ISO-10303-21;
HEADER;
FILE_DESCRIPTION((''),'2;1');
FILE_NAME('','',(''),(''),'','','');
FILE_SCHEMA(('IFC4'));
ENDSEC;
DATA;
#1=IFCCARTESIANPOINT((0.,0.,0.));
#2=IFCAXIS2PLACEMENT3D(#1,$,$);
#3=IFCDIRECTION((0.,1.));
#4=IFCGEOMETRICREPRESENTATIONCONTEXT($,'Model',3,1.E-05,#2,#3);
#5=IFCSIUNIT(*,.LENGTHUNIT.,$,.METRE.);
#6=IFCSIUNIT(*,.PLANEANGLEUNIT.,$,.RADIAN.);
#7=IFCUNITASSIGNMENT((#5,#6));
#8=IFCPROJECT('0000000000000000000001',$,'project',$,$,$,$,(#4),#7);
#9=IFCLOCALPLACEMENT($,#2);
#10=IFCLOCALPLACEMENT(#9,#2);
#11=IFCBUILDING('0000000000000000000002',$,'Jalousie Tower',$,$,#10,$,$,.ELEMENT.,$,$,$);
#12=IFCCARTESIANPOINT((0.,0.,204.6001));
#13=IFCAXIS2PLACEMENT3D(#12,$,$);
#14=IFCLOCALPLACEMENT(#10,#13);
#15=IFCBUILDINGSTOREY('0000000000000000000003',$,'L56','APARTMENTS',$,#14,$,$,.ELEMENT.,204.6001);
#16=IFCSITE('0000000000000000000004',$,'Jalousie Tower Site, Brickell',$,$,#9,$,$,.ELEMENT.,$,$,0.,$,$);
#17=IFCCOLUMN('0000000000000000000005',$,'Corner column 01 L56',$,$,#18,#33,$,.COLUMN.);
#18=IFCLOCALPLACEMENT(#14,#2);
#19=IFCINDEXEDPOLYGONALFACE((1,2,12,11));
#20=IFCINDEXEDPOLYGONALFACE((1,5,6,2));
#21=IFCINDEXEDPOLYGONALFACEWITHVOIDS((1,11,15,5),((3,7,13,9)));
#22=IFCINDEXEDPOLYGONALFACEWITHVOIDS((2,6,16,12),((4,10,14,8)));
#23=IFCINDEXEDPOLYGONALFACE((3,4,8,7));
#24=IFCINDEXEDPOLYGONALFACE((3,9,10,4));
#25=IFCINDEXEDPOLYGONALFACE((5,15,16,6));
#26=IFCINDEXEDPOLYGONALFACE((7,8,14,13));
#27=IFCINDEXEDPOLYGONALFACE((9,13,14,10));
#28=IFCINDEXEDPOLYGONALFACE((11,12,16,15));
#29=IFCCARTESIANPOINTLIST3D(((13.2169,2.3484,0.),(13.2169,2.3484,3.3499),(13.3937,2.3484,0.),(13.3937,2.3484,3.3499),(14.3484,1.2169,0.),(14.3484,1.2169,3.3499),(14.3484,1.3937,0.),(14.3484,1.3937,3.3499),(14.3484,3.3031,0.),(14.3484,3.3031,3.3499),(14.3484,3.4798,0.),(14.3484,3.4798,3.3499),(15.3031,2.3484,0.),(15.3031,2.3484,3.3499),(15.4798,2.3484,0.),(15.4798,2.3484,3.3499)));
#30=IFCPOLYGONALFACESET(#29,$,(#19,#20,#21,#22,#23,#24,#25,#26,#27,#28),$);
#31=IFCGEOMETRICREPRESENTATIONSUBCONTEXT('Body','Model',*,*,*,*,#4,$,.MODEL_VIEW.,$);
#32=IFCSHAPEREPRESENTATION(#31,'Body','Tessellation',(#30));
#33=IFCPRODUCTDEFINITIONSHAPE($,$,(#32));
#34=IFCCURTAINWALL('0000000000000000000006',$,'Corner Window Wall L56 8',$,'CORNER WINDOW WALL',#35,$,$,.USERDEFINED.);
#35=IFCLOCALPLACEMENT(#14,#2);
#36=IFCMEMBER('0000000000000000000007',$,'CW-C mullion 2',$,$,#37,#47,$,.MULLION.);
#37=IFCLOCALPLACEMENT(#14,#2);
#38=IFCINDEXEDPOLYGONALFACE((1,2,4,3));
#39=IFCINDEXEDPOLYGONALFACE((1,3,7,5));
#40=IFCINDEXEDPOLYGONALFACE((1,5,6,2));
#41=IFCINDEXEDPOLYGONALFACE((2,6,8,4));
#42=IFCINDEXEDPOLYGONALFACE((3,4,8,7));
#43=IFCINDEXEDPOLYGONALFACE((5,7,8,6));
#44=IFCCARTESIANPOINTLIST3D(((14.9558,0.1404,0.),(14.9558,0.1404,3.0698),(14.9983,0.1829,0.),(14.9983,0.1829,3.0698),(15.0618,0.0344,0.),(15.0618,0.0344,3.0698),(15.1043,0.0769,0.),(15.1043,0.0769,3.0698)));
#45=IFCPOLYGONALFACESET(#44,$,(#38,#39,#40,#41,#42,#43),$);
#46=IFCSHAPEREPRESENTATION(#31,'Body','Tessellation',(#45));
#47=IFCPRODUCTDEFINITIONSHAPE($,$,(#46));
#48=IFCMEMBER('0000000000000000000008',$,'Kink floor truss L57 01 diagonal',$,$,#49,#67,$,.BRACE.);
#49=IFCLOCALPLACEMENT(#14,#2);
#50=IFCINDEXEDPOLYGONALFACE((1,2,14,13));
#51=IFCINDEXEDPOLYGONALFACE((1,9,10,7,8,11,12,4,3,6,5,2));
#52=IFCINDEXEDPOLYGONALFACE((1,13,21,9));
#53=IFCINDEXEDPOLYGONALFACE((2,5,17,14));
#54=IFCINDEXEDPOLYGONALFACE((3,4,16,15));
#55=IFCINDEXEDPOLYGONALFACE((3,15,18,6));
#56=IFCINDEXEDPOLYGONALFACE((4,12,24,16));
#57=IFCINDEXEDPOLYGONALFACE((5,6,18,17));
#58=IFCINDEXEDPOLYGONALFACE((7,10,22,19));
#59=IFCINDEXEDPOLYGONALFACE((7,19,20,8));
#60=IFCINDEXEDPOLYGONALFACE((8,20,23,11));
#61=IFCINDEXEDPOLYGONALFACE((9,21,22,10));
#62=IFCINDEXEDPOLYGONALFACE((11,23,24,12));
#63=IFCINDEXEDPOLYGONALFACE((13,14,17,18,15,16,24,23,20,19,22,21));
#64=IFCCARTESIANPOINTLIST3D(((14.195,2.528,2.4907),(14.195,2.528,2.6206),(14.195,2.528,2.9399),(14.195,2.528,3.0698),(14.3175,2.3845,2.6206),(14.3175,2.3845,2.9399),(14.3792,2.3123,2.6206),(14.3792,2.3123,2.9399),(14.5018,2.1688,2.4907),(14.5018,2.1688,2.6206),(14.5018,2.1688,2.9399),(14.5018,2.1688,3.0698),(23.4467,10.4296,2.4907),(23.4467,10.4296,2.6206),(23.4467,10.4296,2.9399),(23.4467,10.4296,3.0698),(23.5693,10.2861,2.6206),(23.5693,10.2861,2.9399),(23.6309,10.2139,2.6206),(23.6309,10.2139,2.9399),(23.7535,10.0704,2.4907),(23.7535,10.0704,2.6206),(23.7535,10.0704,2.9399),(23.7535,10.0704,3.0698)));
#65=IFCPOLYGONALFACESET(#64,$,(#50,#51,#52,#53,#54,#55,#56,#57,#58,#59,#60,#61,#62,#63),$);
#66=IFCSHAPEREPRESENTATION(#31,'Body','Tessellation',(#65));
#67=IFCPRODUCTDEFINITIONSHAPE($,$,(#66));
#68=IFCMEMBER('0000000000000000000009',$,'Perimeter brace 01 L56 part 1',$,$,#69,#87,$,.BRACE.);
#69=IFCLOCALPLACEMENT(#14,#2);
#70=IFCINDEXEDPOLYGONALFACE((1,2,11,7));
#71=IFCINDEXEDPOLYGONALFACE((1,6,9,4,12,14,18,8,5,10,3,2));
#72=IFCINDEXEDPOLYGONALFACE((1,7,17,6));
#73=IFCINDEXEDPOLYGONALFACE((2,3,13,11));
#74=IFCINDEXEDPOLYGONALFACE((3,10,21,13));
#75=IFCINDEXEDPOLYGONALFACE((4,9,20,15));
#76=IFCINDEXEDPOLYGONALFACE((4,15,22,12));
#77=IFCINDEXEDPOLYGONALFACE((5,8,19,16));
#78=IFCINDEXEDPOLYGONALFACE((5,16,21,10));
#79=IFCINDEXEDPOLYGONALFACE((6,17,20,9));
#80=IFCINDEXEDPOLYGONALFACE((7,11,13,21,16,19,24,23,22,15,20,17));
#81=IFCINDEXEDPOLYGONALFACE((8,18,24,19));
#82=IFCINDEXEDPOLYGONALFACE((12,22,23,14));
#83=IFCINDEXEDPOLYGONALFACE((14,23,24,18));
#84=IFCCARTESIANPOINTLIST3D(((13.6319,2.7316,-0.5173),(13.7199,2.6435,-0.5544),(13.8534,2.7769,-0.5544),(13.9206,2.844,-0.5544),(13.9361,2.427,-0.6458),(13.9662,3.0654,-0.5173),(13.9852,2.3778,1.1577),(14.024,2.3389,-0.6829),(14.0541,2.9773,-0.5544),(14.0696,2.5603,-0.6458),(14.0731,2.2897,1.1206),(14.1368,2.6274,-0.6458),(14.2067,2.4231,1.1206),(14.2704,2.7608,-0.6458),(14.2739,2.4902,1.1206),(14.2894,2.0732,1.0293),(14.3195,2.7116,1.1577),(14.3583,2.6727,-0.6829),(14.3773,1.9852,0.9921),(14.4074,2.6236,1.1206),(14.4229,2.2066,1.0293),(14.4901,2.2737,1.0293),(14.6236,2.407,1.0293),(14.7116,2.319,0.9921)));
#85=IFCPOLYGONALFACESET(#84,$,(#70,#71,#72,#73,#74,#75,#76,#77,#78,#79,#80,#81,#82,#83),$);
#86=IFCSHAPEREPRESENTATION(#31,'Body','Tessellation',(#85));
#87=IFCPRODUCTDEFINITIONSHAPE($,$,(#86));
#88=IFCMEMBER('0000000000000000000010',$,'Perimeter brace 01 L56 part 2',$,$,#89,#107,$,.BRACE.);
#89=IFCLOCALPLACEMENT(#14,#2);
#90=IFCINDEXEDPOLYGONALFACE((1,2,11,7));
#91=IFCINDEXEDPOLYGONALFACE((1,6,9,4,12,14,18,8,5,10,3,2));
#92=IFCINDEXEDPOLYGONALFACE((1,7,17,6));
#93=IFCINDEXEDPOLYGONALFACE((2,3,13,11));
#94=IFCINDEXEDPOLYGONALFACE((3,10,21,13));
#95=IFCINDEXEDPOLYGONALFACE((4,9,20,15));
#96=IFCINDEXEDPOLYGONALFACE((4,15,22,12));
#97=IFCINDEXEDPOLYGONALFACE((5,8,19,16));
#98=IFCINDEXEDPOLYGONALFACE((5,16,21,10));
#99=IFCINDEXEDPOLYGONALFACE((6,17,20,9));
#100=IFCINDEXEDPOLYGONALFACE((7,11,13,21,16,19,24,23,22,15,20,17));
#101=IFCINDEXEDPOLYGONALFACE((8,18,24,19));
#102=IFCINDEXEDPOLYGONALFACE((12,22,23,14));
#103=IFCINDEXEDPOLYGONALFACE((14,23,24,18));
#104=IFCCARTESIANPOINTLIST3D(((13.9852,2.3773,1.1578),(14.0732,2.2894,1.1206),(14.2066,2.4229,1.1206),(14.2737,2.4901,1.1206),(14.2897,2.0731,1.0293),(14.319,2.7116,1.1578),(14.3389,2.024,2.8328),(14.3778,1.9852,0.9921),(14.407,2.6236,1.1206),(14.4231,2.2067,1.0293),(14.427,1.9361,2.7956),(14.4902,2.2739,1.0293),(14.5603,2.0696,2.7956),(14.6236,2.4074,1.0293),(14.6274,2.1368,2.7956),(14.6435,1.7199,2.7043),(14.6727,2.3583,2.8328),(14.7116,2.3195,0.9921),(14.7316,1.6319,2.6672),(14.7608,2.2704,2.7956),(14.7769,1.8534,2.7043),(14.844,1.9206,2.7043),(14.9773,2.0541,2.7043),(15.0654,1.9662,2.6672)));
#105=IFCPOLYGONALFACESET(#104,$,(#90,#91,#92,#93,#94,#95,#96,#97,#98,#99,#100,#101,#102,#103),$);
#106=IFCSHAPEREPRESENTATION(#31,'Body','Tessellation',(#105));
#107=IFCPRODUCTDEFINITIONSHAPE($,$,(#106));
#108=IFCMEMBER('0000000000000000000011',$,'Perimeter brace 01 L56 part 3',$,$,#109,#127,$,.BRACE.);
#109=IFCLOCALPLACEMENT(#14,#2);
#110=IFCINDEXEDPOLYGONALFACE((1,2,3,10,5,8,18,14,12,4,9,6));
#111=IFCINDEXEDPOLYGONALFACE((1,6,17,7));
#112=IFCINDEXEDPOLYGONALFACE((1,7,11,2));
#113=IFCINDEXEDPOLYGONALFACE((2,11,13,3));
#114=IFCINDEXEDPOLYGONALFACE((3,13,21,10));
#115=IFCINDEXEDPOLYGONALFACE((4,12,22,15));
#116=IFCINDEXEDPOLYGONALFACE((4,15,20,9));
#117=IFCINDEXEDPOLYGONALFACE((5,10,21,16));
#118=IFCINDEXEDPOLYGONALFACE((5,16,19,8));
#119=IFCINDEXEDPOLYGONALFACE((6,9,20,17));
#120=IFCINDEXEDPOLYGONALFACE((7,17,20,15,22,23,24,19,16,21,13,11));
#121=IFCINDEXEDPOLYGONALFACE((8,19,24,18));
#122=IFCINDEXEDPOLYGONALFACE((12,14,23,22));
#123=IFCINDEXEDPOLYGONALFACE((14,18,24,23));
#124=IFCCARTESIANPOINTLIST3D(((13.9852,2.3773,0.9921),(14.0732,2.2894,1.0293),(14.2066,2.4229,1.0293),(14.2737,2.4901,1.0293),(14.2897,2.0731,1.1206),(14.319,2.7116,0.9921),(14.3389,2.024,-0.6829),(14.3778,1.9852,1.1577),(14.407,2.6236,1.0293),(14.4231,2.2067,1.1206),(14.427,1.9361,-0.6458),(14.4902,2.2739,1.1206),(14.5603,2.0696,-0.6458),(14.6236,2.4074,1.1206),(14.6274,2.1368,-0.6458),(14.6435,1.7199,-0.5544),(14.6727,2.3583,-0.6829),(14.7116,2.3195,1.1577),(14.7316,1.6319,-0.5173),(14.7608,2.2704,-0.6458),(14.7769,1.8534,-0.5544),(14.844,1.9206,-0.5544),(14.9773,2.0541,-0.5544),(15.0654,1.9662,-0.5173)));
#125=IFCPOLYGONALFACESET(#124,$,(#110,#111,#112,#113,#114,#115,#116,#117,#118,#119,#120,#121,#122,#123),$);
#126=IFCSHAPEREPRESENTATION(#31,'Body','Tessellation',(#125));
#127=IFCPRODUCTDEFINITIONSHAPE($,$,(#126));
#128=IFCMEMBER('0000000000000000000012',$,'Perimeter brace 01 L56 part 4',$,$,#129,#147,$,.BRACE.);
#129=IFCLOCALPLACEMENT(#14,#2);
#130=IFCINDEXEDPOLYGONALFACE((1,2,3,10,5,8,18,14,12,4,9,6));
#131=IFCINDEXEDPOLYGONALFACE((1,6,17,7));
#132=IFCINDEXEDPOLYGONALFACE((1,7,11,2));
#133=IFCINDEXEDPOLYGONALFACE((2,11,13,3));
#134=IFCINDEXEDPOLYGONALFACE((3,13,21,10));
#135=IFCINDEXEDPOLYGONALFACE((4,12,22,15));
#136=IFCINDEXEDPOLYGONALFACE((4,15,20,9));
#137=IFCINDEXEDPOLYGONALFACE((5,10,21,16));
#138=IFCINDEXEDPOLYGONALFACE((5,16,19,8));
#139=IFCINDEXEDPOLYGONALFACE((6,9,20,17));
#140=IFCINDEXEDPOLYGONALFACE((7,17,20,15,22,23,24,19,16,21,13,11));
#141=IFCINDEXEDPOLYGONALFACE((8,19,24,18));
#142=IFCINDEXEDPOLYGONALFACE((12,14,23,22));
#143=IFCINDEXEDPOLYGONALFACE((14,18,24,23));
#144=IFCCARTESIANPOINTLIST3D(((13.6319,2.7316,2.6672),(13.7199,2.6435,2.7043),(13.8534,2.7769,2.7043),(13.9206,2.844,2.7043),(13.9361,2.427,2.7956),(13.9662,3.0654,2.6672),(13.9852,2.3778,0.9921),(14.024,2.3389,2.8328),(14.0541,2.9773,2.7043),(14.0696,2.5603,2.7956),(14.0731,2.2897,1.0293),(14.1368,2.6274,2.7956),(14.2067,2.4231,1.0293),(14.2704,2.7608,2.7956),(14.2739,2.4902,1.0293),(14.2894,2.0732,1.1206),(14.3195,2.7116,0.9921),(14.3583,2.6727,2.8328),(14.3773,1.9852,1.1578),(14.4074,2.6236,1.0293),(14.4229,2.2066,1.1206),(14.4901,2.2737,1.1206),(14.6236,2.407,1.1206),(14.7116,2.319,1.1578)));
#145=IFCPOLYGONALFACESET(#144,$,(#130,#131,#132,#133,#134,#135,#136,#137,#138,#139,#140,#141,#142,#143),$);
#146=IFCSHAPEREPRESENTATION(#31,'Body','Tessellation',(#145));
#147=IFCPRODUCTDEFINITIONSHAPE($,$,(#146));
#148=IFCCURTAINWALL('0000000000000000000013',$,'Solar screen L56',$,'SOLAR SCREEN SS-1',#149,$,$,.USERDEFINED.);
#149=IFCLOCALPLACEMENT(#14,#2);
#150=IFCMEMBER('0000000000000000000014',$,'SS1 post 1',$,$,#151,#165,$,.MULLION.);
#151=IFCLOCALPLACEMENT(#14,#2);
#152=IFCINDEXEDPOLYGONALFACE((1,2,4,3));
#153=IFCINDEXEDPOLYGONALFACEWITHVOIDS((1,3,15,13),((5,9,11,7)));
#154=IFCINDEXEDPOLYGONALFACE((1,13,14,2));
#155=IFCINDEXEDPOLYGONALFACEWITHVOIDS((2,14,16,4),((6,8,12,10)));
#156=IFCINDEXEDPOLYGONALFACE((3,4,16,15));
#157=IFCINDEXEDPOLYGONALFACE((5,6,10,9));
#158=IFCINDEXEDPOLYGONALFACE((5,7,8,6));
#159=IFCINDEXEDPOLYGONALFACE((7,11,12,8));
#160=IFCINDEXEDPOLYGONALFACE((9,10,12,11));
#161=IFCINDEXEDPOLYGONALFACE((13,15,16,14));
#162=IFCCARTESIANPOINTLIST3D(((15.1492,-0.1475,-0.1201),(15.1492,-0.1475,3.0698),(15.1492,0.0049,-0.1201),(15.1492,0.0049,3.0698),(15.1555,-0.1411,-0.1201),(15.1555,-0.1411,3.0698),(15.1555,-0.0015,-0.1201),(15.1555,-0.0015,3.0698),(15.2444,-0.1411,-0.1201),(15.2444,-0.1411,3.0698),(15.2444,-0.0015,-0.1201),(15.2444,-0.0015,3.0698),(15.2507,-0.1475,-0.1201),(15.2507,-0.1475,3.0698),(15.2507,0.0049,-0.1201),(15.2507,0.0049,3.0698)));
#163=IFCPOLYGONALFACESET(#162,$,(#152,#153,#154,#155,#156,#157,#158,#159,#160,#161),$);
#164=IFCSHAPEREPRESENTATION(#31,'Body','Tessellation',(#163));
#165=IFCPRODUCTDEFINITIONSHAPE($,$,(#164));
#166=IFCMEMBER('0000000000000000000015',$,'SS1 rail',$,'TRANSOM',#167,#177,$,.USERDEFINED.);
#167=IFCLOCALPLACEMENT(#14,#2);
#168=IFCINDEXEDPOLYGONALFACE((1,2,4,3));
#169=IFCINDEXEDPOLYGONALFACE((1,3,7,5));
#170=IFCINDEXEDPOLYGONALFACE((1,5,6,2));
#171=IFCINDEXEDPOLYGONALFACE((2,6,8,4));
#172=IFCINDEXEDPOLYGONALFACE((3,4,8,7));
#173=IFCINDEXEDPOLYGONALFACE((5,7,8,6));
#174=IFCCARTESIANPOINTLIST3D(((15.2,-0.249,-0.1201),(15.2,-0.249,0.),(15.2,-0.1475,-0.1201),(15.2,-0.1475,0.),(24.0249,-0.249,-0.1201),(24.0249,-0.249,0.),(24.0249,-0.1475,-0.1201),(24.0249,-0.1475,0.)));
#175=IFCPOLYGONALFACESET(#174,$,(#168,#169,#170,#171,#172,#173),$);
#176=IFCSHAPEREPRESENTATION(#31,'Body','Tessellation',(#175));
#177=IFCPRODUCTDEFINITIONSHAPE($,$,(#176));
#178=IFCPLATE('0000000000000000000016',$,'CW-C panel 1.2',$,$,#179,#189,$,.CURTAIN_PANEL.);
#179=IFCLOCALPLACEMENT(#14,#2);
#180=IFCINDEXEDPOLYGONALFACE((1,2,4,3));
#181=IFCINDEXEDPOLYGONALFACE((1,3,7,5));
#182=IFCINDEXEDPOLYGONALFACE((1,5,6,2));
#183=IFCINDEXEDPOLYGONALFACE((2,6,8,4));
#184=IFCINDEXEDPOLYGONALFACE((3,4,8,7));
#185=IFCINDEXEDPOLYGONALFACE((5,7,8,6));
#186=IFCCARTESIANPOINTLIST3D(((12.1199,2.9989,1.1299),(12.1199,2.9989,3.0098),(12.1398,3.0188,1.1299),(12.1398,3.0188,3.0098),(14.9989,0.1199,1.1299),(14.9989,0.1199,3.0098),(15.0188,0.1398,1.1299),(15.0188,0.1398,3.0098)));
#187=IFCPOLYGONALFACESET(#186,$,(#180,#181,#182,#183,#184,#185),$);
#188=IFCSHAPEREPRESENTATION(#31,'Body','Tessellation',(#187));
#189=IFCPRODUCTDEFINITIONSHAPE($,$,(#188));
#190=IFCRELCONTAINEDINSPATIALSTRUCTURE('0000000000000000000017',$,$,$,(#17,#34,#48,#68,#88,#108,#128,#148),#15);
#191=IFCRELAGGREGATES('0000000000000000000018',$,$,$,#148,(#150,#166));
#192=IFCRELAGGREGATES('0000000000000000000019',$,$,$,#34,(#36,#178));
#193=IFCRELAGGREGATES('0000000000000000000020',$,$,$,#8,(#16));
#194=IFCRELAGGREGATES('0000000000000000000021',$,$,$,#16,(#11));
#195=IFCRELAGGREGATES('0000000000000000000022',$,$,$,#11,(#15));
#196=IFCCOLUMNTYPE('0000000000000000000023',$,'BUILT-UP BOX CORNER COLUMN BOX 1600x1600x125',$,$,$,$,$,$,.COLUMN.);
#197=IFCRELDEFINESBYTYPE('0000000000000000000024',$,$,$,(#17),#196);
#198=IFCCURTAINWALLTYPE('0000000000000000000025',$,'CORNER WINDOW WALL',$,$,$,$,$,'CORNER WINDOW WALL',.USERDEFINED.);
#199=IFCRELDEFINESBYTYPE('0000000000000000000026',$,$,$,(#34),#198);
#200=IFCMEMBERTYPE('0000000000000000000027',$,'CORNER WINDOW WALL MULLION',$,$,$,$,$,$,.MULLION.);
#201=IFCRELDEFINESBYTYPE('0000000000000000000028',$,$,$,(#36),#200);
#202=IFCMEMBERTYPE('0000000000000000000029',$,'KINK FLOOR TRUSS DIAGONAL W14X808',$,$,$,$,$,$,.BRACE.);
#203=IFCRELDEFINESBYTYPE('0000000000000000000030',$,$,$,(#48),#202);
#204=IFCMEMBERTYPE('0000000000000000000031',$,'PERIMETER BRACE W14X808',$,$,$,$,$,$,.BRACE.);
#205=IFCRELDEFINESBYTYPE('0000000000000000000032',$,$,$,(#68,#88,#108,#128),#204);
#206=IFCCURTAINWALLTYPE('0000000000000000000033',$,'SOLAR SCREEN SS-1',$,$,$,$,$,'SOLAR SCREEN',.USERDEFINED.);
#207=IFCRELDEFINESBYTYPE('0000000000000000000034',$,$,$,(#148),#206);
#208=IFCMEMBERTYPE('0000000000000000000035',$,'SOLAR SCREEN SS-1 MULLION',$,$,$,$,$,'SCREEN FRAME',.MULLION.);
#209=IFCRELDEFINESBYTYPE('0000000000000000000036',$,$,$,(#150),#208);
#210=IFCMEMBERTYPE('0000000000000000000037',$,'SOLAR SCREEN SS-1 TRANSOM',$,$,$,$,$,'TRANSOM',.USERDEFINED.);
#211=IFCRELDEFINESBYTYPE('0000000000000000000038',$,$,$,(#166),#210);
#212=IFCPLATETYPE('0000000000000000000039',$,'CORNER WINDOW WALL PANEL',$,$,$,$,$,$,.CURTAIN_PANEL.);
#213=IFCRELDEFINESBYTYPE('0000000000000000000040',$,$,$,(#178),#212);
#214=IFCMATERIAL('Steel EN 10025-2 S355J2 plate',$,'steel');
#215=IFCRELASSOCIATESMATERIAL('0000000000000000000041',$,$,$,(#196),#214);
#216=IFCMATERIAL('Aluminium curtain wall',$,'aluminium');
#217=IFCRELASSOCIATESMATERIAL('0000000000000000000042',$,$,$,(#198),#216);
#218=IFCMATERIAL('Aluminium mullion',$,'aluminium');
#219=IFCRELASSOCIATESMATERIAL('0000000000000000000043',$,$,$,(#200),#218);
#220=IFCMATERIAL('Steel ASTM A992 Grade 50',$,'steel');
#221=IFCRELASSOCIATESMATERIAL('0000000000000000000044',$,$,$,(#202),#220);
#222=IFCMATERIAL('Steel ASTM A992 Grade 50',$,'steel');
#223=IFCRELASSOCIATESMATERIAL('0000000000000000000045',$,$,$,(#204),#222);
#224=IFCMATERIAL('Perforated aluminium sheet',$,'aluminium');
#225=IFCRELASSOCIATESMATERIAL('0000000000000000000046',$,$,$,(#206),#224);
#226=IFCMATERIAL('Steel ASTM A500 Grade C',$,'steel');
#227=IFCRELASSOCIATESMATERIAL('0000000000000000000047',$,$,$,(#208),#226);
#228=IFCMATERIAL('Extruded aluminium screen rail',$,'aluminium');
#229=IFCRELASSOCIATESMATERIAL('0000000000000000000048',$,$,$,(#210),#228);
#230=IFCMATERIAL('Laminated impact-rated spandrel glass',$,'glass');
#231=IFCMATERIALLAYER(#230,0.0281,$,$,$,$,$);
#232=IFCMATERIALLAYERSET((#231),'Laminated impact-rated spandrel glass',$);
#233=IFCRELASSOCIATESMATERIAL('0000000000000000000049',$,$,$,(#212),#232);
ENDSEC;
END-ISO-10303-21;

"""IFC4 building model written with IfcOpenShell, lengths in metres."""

from ifc_helpers import new_model, si_unit, direction, frame, origin, origin_2d, place, context, subcontext, project, spatial, rectangle, hollow_rectangle, i_section, extrude, material, layer, layer_set, material_profile, profile_set, type_object, element, aggregate, save


model = new_model("IFC4")

# Units and contexts
model_context = context("Model", 3, precision=1e-05, world=origin(), true_north=direction((0.0, 1.0)))
body_context = subcontext(model_context, "Body", "Model", "MODEL_VIEW")
ifc_project = project(units=[si_unit("LENGTHUNIT", "METRE"), si_unit("PLANEANGLEUNIT", "RADIAN")], contexts=[model_context])

# Site, building, storey
site_placement = place(None, origin())
site = spatial("IfcSite", under=ifc_project, at=site_placement, Name="Jalousie Tower Site, Brickell", CompositionType="ELEMENT", RefElevation=0.0)
building_placement = place(site_placement, origin())
building = spatial("IfcBuilding", under=site, at=building_placement, Name="Jalousie Tower", CompositionType="ELEMENT")
storey_placement = place(building_placement, frame((0.0, 0.0, 204.6001)))
storey = spatial("IfcBuildingStorey", under=building, at=storey_placement, Name="L56", Description="APARTMENTS", CompositionType="ELEMENT", Elevation=204.6001)

# Column
ifc_material_1 = material(Name="Steel EN 10025-2 S355J2 plate", Category="steel")
ifc_material_profile_1 = material_profile(ifc_material_1, hollow_rectangle(XDim=1.6001, YDim=1.6001, WallThickness=0.125, at=origin_2d()), Name="BOX 1600x1600x125")
ifc_profile_set_1 = profile_set([ifc_material_profile_1], Name="Steel EN 10025-2 S355J2 plate")
column_type = type_object("IfcColumnType", Name="BUILT-UP BOX CORNER COLUMN BOX 1600x1600x125", PredefinedType="COLUMN", material=ifc_profile_set_1)
column_placement = place(storey_placement, frame((14.3484, 2.3484, 0.0), z_axis=(0.0, 0.0, 1.0), x_axis=(0.707107, 0.707107, 0.0)))
element("IfcColumn", 1, at=column_placement, inside=storey, type_object=column_type, Name="Corner column 01 L56", PredefinedType="COLUMN", context=body_context, shape_type="SweptSolid", body=[
    extrude(hollow_rectangle(XDim=1.6001, YDim=1.6001, WallThickness=0.125, at=origin_2d()), origin(), (0.0, 0.0, 1.0), 3.3499),
])

# Curtain wall, member
ifc_material_2 = material(Name="Aluminium curtain wall", Category="aluminium")
curtain_wall_type_1 = type_object("IfcCurtainWallType", Name="CORNER WINDOW WALL", ElementType="CORNER WINDOW WALL", PredefinedType="USERDEFINED", material=ifc_material_2)
curtain_wall_1_placement = place(storey_placement, origin())
curtain_wall_1 = element("IfcCurtainWall", 2, at=curtain_wall_1_placement, inside=storey, type_object=curtain_wall_type_1, Name="Corner Window Wall L56 8", ObjectType="CORNER WINDOW WALL", PredefinedType="USERDEFINED")
ifc_material_3 = material(Name="Aluminium mullion", Category="aluminium")
ifc_material_profile_2 = material_profile(ifc_material_3, rectangle(XDim=0.0601, YDim=0.1499, at=origin_2d()), Name="MULLION 60x150")
ifc_profile_set_2 = profile_set([ifc_material_profile_2], Name="Aluminium mullion")
member_type_1 = type_object("IfcMemberType", Name="CORNER WINDOW WALL MULLION", PredefinedType="MULLION", material=ifc_profile_set_2)
member_1_placement = place(storey_placement, frame((15.03, 0.1086, 0.0), z_axis=(0.0, 0.0, 1.0), x_axis=(0.707107, 0.707107, 0.0)))
member_1 = element("IfcMember", 3, at=member_1_placement, type_object=member_type_1, Name="CW-C mullion 2", PredefinedType="MULLION", context=body_context, shape_type="SweptSolid", body=[
    extrude(rectangle(XDim=0.0601, YDim=0.1499, at=origin_2d()), origin(), (0.0, 0.0, 1.0), 3.0698),
])

# Members
ifc_material_4 = material(Name="Steel ASTM A992 Grade 50", Category="steel")
ifc_material_profile_3 = material_profile(ifc_material_4, i_section(OverallWidth=0.4724, OverallDepth=0.5791, WebThickness=0.095, FlangeThickness=0.1299, at=origin_2d()), Name="W14X808")
ifc_profile_set_3 = profile_set([ifc_material_profile_3], Name="Steel ASTM A992 Grade 50")
member_type_2 = type_object("IfcMemberType", Name="KINK FLOOR TRUSS DIAGONAL W14X808", PredefinedType="BRACE", material=ifc_profile_set_3)
member_2_placement = place(storey_placement, frame((14.3484, 2.3484, 2.7803), z_axis=(0.76041, 0.649444, 0.0), x_axis=(-0.649444, 0.76041, 0.0)))
element("IfcMember", 4, at=member_2_placement, inside=storey, type_object=member_type_2, Name="Kink floor truss L57 01 diagonal", PredefinedType="BRACE", context=body_context, shape_type="SweptSolid", body=[
    extrude(i_section(OverallWidth=0.4724, OverallDepth=0.5791, WebThickness=0.095, FlangeThickness=0.1299, at=origin_2d()), origin(), (0.0, 0.0, 1.0), 12.1667),
])
ifc_material_5 = material(Name="Steel ASTM A992 Grade 50", Category="steel")
ifc_material_profile_4 = material_profile(ifc_material_5, i_section(OverallWidth=0.4724, OverallDepth=0.5791, WebThickness=0.095, FlangeThickness=0.1299, at=origin_2d()), Name="W14X808")
ifc_profile_set_4 = profile_set([ifc_material_profile_4], Name="Steel ASTM A992 Grade 50")
member_type_3 = type_object("IfcMemberType", Name="PERIMETER BRACE W14X808", PredefinedType="BRACE", material=ifc_profile_set_4)
for number, where, z_axis, x_axis, name in (
    (5, (13.9951, 2.7021, -0.6001), (0.202093, -0.202372, 0.95823), (0.707595, 0.706618, 0.0), "Perimeter brace 01 L56 part 1"),
    (6, (14.3484, 2.3484, 1.075), (0.202372, -0.202093, 0.95823), (0.706618, 0.707595, 0.0), "Perimeter brace 01 L56 part 2"),
    (7, (14.7021, 1.9951, -0.6001), (-0.202372, 0.202093, 0.95823), (-0.706618, -0.707595, 0.0), "Perimeter brace 01 L56 part 3"),
    (8, (14.3484, 2.3484, 1.075), (-0.202093, 0.202372, 0.95823), (-0.707595, -0.706618, 0.0), "Perimeter brace 01 L56 part 4"),
):
    element("IfcMember", number, at=place(storey_placement, frame(where, z_axis=z_axis, x_axis=x_axis)), inside=storey, type_object=member_type_3, Name=name, PredefinedType="BRACE", context=body_context, shape_type="SweptSolid", body=[
        extrude(i_section(OverallWidth=0.4724, OverallDepth=0.5791, WebThickness=0.095, FlangeThickness=0.1299, at=origin_2d()), origin(), (0.0, 0.0, 1.0), 1.748),
    ])

# Curtain wall, members
ifc_material_6 = material(Name="Perforated aluminium sheet", Category="aluminium")
curtain_wall_type_2 = type_object("IfcCurtainWallType", Name="SOLAR SCREEN SS-1", ElementType="SOLAR SCREEN", PredefinedType="USERDEFINED", material=ifc_material_6)
curtain_wall_2_placement = place(storey_placement, origin())
curtain_wall_2 = element("IfcCurtainWall", 9, at=curtain_wall_2_placement, inside=storey, type_object=curtain_wall_type_2, Name="Solar screen L56", ObjectType="SOLAR SCREEN SS-1", PredefinedType="USERDEFINED")
ifc_material_7 = material(Name="Steel ASTM A500 Grade C", Category="steel")
ifc_material_profile_5 = material_profile(ifc_material_7, hollow_rectangle(XDim=0.1016, YDim=0.1523, WallThickness=0.0063, at=origin_2d()), Name="HSS6X4X1/4")
ifc_profile_set_5 = profile_set([ifc_material_profile_5], Name="Steel ASTM A500 Grade C")
member_type_4 = type_object("IfcMemberType", Name="SOLAR SCREEN SS-1 MULLION", ElementType="SCREEN FRAME", PredefinedType="MULLION", material=ifc_profile_set_5)
member_3_placement = place(storey_placement, frame((15.2, -0.0713, -0.1201), z_axis=(0.0, 0.0, 1.0), x_axis=(1.0, 0.0, 0.0)))
member_3 = element("IfcMember", 10, at=member_3_placement, type_object=member_type_4, Name="SS1 post 1", PredefinedType="MULLION", context=body_context, shape_type="SweptSolid", body=[
    extrude(hollow_rectangle(XDim=0.1016, YDim=0.1523, WallThickness=0.0063, at=origin_2d()), origin(), (0.0, 0.0, 1.0), 3.1899),
])
ifc_material_8 = material(Name="Extruded aluminium screen rail", Category="aluminium")
ifc_material_profile_6 = material_profile(ifc_material_8, rectangle(XDim=0.1016, YDim=0.1201, at=origin_2d()), Name="RAIL 102x120")
ifc_profile_set_6 = profile_set([ifc_material_profile_6], Name="Extruded aluminium screen rail")
member_type_5 = type_object("IfcMemberType", Name="SOLAR SCREEN SS-1 TRANSOM", ElementType="TRANSOM", PredefinedType="USERDEFINED", material=ifc_profile_set_6)
member_4_placement = place(storey_placement, frame((15.2, -0.1982, -0.0601), z_axis=(1.0, 0.0, 0.0), x_axis=(0.0, 1.0, 0.0)))
member_4 = element("IfcMember", 11, at=member_4_placement, type_object=member_type_5, Name="SS1 rail", ObjectType="TRANSOM", PredefinedType="USERDEFINED", context=body_context, shape_type="SweptSolid", body=[
    extrude(rectangle(XDim=0.1016, YDim=0.1201, at=origin_2d()), origin(), (0.0, 0.0, 1.0), 8.825),
])
aggregate(curtain_wall_2, [member_3, member_4])

# Plate
ifc_material_9 = material(Name="Laminated impact-rated spandrel glass", Category="glass")
ifc_layer = layer(ifc_material_9, 0.0281)
ifc_layer_set = layer_set([ifc_layer], Name="Laminated impact-rated spandrel glass")
plate_type = type_object("IfcPlateType", Name="CORNER WINDOW WALL PANEL", PredefinedType="CURTAIN_PANEL", material=ifc_layer_set)
plate_placement = place(storey_placement, frame((13.5693, 1.5693, 1.1299), z_axis=(0.0, 0.0, 1.0), x_axis=(0.707107, -0.707107, 0.0)))
plate = element("IfcPlate", 12, at=plate_placement, type_object=plate_type, Name="CW-C panel 1.2", PredefinedType="CURTAIN_PANEL", context=body_context, shape_type="SweptSolid", body=[
    extrude(rectangle(XDim=4.0715, YDim=0.0281, at=origin_2d()), origin(), (0.0, 0.0, 1.0), 1.8799),
])
aggregate(curtain_wall_1, [member_1, plate])

save(model, "model.ifc")
